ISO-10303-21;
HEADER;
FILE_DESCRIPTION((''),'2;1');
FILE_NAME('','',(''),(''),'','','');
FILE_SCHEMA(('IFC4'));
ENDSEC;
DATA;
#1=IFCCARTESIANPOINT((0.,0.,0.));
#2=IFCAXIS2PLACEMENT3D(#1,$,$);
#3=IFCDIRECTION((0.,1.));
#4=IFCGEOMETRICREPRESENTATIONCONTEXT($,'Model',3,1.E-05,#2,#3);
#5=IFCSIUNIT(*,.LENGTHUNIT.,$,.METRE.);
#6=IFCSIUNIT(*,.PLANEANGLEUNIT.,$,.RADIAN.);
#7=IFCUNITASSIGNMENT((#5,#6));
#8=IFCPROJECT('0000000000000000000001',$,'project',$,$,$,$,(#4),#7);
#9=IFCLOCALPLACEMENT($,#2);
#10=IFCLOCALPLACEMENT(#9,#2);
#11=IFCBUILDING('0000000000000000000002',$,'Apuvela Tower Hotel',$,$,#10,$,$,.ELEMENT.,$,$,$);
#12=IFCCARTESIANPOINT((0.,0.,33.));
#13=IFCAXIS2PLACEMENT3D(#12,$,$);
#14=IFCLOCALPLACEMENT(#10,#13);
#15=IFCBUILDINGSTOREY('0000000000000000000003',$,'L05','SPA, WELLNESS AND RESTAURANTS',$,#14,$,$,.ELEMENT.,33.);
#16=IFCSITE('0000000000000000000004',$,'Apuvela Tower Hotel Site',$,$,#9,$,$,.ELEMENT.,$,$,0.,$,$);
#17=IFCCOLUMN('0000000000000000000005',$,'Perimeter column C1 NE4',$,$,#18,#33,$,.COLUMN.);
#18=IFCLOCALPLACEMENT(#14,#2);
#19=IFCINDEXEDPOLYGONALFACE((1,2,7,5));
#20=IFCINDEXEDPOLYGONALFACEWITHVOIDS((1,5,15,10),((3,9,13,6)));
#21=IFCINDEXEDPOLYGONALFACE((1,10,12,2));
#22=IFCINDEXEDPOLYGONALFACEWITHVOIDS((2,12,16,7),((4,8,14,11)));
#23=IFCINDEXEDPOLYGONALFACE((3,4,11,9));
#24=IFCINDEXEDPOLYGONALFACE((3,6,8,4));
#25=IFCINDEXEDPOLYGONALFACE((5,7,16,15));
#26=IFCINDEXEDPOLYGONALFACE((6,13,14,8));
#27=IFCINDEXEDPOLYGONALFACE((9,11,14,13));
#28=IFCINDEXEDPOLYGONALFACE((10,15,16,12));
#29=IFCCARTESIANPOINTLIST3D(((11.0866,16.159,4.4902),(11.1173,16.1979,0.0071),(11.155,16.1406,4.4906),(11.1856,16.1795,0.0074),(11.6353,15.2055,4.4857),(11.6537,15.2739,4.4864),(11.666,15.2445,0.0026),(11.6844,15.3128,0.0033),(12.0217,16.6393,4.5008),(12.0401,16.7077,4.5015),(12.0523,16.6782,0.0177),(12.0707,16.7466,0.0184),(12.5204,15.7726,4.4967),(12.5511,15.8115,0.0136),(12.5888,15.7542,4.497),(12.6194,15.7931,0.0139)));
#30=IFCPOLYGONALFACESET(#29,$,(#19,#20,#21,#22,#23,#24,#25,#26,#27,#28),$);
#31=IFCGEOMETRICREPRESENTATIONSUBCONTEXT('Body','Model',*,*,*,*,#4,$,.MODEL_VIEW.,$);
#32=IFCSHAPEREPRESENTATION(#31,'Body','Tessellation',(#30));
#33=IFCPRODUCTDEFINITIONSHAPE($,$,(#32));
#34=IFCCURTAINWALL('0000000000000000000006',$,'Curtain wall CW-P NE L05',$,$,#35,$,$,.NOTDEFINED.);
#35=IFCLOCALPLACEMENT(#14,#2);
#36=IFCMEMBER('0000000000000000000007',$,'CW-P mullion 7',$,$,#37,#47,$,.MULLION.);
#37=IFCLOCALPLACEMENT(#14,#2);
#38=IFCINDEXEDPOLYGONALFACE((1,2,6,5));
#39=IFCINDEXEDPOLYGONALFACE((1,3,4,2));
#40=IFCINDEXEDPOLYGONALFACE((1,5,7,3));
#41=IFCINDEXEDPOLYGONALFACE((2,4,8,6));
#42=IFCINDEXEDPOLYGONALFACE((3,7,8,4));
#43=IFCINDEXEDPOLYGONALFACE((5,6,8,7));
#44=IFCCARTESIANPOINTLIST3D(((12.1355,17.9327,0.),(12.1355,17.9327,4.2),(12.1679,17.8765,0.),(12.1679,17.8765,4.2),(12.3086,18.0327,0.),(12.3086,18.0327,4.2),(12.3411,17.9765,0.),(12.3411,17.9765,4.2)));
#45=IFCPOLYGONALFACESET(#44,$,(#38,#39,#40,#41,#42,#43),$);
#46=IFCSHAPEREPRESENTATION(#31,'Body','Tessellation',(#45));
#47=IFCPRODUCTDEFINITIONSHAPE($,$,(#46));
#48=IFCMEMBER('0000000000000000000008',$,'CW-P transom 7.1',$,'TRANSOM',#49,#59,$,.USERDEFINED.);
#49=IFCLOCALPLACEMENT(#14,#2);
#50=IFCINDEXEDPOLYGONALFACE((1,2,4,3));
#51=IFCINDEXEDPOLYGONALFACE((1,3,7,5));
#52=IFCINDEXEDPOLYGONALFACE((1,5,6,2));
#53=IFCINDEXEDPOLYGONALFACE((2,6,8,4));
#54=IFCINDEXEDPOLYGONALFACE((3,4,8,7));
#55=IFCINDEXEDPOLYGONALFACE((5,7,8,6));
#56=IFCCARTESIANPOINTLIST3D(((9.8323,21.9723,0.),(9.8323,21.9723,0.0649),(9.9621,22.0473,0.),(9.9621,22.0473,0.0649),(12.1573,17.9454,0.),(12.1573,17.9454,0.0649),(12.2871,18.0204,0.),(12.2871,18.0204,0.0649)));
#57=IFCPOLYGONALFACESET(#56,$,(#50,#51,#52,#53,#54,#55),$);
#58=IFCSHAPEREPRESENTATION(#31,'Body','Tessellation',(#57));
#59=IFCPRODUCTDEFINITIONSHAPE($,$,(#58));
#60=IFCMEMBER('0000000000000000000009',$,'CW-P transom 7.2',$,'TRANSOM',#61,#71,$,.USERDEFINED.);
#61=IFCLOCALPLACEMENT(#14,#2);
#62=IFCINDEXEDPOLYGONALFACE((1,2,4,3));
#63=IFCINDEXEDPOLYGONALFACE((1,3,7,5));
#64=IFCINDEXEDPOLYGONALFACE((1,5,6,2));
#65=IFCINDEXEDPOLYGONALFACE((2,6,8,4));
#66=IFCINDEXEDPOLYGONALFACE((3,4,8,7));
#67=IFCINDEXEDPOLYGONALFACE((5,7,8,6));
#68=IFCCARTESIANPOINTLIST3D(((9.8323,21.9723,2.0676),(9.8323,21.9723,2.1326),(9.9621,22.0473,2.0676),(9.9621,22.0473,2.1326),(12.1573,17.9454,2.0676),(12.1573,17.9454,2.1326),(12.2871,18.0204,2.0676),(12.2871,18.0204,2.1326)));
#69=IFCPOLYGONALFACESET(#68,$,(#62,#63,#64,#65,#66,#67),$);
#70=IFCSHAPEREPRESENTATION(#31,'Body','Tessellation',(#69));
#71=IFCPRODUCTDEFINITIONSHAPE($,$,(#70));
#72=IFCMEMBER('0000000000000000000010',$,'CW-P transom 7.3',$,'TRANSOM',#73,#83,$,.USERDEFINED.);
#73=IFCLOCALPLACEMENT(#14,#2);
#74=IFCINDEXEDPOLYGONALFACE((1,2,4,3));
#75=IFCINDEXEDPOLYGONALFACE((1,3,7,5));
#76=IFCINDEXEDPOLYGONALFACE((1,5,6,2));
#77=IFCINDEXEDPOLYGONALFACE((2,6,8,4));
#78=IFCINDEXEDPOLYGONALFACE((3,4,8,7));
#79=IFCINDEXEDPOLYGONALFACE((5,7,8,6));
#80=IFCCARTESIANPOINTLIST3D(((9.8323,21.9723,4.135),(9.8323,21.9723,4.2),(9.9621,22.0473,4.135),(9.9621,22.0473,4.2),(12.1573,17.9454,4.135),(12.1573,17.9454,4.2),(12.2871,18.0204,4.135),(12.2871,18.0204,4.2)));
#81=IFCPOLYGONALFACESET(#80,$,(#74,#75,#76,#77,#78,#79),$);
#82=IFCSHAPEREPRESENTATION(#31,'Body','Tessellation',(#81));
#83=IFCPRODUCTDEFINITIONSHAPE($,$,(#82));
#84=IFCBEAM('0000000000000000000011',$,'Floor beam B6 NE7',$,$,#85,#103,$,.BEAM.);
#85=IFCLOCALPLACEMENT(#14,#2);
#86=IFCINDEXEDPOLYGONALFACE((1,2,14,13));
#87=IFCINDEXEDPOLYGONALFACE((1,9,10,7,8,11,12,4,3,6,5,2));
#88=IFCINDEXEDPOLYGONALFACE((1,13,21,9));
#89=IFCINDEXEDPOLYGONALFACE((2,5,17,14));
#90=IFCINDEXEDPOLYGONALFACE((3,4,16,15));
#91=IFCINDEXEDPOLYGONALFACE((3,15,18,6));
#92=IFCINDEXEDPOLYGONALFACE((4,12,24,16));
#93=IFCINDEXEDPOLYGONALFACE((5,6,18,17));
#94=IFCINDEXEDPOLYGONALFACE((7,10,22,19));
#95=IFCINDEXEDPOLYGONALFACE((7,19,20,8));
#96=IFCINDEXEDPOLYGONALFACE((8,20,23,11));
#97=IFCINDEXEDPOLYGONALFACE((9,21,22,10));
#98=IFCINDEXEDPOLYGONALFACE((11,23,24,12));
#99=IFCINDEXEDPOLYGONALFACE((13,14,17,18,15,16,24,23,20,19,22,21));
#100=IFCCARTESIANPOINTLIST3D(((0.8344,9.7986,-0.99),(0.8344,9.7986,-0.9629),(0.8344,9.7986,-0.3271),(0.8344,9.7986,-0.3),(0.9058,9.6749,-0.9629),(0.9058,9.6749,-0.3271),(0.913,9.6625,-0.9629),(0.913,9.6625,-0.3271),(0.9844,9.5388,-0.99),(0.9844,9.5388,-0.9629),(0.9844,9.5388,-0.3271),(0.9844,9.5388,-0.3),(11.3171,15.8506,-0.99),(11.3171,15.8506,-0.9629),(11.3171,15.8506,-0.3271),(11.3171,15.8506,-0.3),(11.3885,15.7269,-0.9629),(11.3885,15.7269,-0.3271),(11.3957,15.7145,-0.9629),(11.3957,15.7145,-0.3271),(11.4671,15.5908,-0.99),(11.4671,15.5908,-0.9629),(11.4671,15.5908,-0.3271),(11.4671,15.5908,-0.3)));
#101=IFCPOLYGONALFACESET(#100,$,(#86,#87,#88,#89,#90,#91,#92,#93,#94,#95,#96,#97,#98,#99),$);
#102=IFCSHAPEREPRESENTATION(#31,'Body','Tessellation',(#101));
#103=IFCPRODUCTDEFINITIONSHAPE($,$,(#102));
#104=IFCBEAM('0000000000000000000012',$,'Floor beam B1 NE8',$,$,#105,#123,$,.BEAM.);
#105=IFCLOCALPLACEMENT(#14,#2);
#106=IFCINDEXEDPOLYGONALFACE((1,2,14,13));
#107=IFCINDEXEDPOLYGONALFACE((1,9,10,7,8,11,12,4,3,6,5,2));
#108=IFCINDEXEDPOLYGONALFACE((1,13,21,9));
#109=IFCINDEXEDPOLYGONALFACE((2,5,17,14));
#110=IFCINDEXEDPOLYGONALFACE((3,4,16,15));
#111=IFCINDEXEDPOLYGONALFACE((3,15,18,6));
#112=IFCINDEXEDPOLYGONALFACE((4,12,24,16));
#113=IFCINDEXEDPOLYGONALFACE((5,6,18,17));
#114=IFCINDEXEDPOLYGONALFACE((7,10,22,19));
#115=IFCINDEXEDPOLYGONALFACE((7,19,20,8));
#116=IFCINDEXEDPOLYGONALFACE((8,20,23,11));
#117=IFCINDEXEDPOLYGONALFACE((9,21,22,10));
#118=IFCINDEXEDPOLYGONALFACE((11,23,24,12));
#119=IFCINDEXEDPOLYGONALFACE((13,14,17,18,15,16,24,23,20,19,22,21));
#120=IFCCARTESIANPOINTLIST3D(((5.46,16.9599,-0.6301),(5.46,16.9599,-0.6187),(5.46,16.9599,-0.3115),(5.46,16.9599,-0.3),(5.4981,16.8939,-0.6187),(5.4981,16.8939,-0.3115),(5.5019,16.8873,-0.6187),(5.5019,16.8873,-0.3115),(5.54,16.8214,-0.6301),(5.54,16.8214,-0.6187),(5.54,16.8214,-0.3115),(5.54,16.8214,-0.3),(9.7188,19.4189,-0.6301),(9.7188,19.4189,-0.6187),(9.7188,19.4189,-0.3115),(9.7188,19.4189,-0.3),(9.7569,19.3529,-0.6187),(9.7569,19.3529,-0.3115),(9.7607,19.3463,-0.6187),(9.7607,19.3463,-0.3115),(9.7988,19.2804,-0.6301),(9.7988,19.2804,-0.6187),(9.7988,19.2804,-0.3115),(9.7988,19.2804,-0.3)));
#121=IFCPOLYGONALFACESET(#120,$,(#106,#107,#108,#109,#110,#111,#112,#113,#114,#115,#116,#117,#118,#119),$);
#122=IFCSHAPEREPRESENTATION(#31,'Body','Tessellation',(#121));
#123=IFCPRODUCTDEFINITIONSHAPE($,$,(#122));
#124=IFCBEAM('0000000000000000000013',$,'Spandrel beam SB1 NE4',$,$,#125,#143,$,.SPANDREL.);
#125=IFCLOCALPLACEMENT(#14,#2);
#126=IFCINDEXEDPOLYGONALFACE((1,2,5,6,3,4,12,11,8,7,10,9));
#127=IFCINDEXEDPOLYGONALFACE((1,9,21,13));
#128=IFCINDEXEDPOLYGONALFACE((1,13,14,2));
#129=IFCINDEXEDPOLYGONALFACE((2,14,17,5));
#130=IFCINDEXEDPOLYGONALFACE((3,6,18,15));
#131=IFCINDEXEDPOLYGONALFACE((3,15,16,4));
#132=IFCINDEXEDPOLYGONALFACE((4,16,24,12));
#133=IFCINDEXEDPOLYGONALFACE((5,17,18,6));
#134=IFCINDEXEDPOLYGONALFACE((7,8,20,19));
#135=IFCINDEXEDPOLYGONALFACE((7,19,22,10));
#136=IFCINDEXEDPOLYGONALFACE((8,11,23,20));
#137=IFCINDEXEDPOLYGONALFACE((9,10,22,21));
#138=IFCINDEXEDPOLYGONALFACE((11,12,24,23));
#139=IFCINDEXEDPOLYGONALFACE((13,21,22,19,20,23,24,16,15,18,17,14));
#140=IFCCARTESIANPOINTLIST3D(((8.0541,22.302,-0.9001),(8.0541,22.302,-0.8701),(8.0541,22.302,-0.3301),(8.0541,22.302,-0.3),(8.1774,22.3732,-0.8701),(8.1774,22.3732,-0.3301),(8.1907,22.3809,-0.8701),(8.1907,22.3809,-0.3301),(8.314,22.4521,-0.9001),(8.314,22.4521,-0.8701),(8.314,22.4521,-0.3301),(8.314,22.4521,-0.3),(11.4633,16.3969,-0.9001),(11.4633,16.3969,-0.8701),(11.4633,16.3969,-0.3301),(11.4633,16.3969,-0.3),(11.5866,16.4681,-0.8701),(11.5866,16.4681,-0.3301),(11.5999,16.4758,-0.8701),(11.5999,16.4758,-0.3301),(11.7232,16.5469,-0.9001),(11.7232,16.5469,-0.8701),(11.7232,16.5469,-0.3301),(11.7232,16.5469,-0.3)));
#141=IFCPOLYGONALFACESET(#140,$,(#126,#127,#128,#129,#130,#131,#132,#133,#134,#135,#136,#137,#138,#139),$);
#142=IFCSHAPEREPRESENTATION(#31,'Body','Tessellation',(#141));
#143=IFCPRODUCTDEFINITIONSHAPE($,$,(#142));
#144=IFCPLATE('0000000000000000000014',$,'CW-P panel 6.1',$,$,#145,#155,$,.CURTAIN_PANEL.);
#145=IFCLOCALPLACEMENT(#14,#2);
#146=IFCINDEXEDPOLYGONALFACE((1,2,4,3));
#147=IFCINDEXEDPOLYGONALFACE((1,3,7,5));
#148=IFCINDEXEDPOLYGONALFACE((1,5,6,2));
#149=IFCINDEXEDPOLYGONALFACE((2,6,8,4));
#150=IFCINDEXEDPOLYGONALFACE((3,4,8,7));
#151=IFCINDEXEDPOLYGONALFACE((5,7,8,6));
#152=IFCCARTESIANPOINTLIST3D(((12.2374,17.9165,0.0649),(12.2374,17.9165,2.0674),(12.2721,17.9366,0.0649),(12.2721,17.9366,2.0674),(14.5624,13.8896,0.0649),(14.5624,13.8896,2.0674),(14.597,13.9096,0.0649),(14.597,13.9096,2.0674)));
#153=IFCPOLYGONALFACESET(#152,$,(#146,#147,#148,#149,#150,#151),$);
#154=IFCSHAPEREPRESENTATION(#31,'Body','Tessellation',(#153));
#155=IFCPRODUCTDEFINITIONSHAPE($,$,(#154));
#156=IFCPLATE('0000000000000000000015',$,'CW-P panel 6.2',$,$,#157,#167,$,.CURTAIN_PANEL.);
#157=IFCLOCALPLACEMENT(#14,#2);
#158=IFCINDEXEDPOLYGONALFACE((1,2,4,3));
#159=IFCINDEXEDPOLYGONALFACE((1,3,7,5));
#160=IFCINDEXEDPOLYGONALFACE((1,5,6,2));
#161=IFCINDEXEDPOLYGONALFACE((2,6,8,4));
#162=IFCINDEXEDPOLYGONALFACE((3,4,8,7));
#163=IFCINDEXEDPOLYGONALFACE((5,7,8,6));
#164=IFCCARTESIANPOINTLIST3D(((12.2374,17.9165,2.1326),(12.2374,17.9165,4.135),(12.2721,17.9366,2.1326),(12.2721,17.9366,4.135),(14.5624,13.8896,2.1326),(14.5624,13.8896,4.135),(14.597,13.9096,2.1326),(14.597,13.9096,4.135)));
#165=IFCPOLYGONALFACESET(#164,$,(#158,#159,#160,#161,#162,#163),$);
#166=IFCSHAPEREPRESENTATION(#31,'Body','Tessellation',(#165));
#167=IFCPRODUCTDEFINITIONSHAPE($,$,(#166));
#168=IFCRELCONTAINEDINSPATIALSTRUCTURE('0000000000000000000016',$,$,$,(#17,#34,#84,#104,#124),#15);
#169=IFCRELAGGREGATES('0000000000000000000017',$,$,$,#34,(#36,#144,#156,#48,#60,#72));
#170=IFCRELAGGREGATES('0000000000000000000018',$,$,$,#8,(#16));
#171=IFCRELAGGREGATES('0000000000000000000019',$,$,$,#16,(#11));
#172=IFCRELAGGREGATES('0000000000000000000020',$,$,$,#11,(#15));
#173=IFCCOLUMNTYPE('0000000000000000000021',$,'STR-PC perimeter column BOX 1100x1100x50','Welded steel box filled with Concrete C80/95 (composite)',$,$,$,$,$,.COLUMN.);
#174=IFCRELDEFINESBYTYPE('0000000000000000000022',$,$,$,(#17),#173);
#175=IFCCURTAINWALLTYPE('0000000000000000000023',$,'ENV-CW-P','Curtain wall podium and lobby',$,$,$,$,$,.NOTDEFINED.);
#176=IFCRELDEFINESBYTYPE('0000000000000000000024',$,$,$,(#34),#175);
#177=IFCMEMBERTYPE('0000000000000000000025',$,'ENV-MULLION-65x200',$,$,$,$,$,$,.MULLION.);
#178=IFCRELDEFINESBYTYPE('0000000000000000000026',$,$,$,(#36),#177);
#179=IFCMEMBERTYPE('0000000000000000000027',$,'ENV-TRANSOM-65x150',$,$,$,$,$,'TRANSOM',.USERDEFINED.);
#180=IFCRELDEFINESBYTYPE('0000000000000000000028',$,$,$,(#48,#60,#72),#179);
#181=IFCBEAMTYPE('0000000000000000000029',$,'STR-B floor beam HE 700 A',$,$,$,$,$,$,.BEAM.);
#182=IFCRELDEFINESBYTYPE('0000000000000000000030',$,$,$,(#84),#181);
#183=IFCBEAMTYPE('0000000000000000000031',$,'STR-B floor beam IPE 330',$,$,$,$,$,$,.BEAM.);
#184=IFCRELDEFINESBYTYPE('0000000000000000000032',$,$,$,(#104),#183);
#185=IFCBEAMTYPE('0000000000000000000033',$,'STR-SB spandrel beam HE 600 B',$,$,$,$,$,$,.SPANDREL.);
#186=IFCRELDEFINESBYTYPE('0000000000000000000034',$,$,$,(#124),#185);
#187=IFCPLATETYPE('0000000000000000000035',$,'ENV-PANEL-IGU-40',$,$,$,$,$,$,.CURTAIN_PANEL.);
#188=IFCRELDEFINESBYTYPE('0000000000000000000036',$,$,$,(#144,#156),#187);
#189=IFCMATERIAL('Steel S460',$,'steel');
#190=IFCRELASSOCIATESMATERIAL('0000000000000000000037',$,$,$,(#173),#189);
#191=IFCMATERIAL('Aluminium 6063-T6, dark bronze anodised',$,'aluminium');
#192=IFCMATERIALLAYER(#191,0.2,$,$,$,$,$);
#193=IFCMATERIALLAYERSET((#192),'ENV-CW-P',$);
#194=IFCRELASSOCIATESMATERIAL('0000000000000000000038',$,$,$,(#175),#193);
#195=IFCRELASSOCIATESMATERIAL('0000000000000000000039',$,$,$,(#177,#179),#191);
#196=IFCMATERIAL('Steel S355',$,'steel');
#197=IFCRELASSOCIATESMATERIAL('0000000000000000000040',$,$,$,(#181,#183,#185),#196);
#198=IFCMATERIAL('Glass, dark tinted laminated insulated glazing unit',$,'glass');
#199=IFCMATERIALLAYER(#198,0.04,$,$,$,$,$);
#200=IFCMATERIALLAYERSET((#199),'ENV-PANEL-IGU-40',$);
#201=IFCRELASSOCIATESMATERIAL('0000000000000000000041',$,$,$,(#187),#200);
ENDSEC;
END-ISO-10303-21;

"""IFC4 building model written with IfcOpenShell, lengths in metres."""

from ifc_helpers import new_model, si_unit, direction, frame, origin, origin_2d, place, context, subcontext, project, spatial, rectangle, hollow_rectangle, i_section, extrude, boolean, halfspace, material, layer, layer_set, material_profile, profile_set, type_object, element, aggregate, save


model = new_model("IFC4")

# Units and contexts
model_context = context("Model", 3, precision=1e-05, world=origin(), true_north=direction((0.0, 1.0)))
body_context = subcontext(model_context, "Body", "Model", "MODEL_VIEW")
ifc_project = project(units=[si_unit("LENGTHUNIT", "METRE"), si_unit("PLANEANGLEUNIT", "RADIAN")], contexts=[model_context])

# Site, building, storey
site_placement = place(None, origin())
site = spatial("IfcSite", under=ifc_project, at=site_placement, Name="Apuvela Tower Hotel Site", CompositionType="ELEMENT", RefElevation=0.0)
building_placement = place(site_placement, origin())
building = spatial("IfcBuilding", under=site, at=building_placement, Name="Apuvela Tower Hotel", CompositionType="ELEMENT")
storey_placement = place(building_placement, frame((0.0, 0.0, 33.0)))
storey = spatial("IfcBuildingStorey", under=building, at=storey_placement, Name="L05", Description="SPA, WELLNESS AND RESTAURANTS", CompositionType="ELEMENT", Elevation=33.0)

# Column
ifc_material_1 = material(Name="Steel S460", Category="steel")
ifc_material_profile_1 = material_profile(ifc_material_1, hollow_rectangle(XDim=1.1001, YDim=1.1001, WallThickness=0.05, at=origin_2d()), Name="BOX 1100x1100x50")
ifc_material_2 = material(Name="Concrete C80/95", Category="concrete")
ifc_material_profile_2 = material_profile(ifc_material_2, rectangle(XDim=1.0, YDim=1.0, at=origin_2d()), Name="Concrete C80/95 infill")
ifc_profile_set_1 = profile_set([ifc_material_profile_1, ifc_material_profile_2], Name="Steel S460")
column_type = type_object("IfcColumnType", Name="STR-PC perimeter column BOX 1100x1100x50", Description="Welded steel box filled with Concrete C80/95 (composite)", PredefinedType="COLUMN", material=ifc_profile_set_1)
column_placement = place(storey_placement, frame((11.8684, 15.9956, 0.0), z_axis=(-0.006836, -0.00868, 0.999939), x_axis=(-0.498768, 0.866726, 0.004114)))
element("IfcColumn", 1, at=column_placement, inside=storey, type_object=column_type, Name="Perimeter column C1 NE4", PredefinedType="COLUMN", context=body_context, shape_type="SweptSolid", body=[
    boolean("DIFFERENCE", boolean("DIFFERENCE", extrude(hollow_rectangle(XDim=1.1001, YDim=1.1001, WallThickness=0.05, at=origin_2d()), origin(), (0.0, 0.0, 1.0), 4.5002), halfspace(frame((0.0, 0.0, 0.0105), z_axis=(0.0, 0.0, 1.0), x_axis=(1.0, 0.0, 0.0)), True)), halfspace(frame((0.0, 0.0, 4.4939), z_axis=(0.0, 0.0, 1.0), x_axis=(1.0, 0.0, 0.0)), False)),
])

# Curtain wall, members
ifc_material_3 = material(Name="Aluminium 6063-T6, dark bronze anodised", Category="aluminium")
ifc_layer_1 = layer(ifc_material_3, 0.2)
ifc_layer_set_1 = layer_set([ifc_layer_1], Name="ENV-CW-P")
curtain_wall_type = type_object("IfcCurtainWallType", Name="ENV-CW-P", Description="Curtain wall podium and lobby", PredefinedType="NOTDEFINED", material=ifc_layer_set_1)
curtain_wall_placement = place(storey_placement, origin())
curtain_wall = element("IfcCurtainWall", 2, at=curtain_wall_placement, inside=storey, type_object=curtain_wall_type, Name="Curtain wall CW-P NE L05", PredefinedType="NOTDEFINED")
ifc_material_profile_3 = material_profile(ifc_material_3, rectangle(XDim=0.2, YDim=0.0649, at=origin_2d()), Name="AL 65x200")
ifc_profile_set_2 = profile_set([ifc_material_profile_3], Name="Aluminium 6063-T6, dark bronze anodised")
member_type_1 = type_object("IfcMemberType", Name="ENV-MULLION-65x200", PredefinedType="MULLION", material=ifc_profile_set_2)
member_1_placement = place(storey_placement, frame((12.2383, 17.9546, 0.0), z_axis=(0.0, 0.0, 1.0), x_axis=(-0.866026, -0.5, 0.0)))
member_1 = element("IfcMember", 3, at=member_1_placement, type_object=member_type_1, Name="CW-P mullion 7", PredefinedType="MULLION", context=body_context, shape_type="SweptSolid", body=[
    extrude(rectangle(XDim=0.2, YDim=0.0649, at=origin_2d()), origin(), (0.0, 0.0, 1.0), 4.2),
])
ifc_material_profile_4 = material_profile(ifc_material_3, rectangle(XDim=0.1499, YDim=0.0649, at=origin_2d()), Name="AL 65x150 transom")
ifc_profile_set_3 = profile_set([ifc_material_profile_4], Name="Aluminium 6063-T6, dark bronze anodised")
member_type_2 = type_object("IfcMemberType", Name="ENV-TRANSOM-65x150", ElementType="TRANSOM", PredefinedType="USERDEFINED", material=ifc_profile_set_3)
member_2_placement = place(storey_placement, frame((12.2222, 17.9829, 0.0325), z_axis=(-0.500007, 0.866021, 0.0), x_axis=(-0.866021, -0.500007, 0.0)))
member_2 = element("IfcMember", 4, at=member_2_placement, type_object=member_type_2, Name="CW-P transom 7.1", ObjectType="TRANSOM", PredefinedType="USERDEFINED", context=body_context, shape_type="SweptSolid", body=[
    extrude(rectangle(XDim=0.1499, YDim=0.0649, at=origin_2d()), origin(), (0.0, 0.0, 1.0), 4.6499),
])
member_3_placement = place(storey_placement, frame((12.2222, 17.9829, 2.1001), z_axis=(-0.500007, 0.866021, 0.0), x_axis=(-0.866021, -0.500007, 0.0)))
member_3 = element("IfcMember", 5, at=member_3_placement, type_object=member_type_2, Name="CW-P transom 7.2", ObjectType="TRANSOM", PredefinedType="USERDEFINED", context=body_context, shape_type="SweptSolid", body=[
    extrude(rectangle(XDim=0.1499, YDim=0.0649, at=origin_2d()), origin(), (0.0, 0.0, 1.0), 4.6499),
])
member_4_placement = place(storey_placement, frame((12.2222, 17.9829, 4.1675), z_axis=(-0.500007, 0.866021, 0.0), x_axis=(-0.866021, -0.500007, 0.0)))
member_4 = element("IfcMember", 6, at=member_4_placement, type_object=member_type_2, Name="CW-P transom 7.3", ObjectType="TRANSOM", PredefinedType="USERDEFINED", context=body_context, shape_type="SweptSolid", body=[
    extrude(rectangle(XDim=0.1499, YDim=0.0649, at=origin_2d()), origin(), (0.0, 0.0, 1.0), 4.6499),
])

# Beams
ifc_material_4 = material(Name="Steel S355", Category="steel")
ifc_material_profile_5 = material_profile(ifc_material_4, i_section(OverallWidth=0.3, OverallDepth=0.6899, WebThickness=0.0144, FlangeThickness=0.0271, at=origin_2d()), Name="HE 700 A")
ifc_profile_set_4 = profile_set([ifc_material_profile_5], Name="Steel S355")
beam_type_1 = type_object("IfcBeamType", Name="STR-B floor beam HE 700 A", PredefinedType="BEAM", material=ifc_profile_set_4)
beam_1_placement = place(storey_placement, frame((11.3921, 15.7207, -0.645), z_axis=(-0.866031, -0.49999, 0.0), x_axis=(0.49999, -0.866031, 0.0)))
element("IfcBeam", 7, at=beam_1_placement, inside=storey, type_object=beam_type_1, Name="Floor beam B6 NE7", PredefinedType="BEAM", context=body_context, shape_type="SweptSolid", body=[
    extrude(i_section(OverallWidth=0.3, OverallDepth=0.6899, WebThickness=0.0144, FlangeThickness=0.0271, at=origin_2d()), origin(), (0.0, 0.0, 1.0), 12.1042),
])
ifc_material_profile_6 = material_profile(ifc_material_4, i_section(OverallWidth=0.1599, OverallDepth=0.3301, WebThickness=0.0076, FlangeThickness=0.0115, at=origin_2d()), Name="IPE 330")
ifc_profile_set_5 = profile_set([ifc_material_profile_6], Name="Steel S355")
beam_type_2 = type_object("IfcBeamType", Name="STR-B floor beam IPE 330", PredefinedType="BEAM", material=ifc_profile_set_5)
beam_2_placement = place(storey_placement, frame((9.7588, 19.3496, -0.4651), z_axis=(-0.86601, -0.500026, 0.0), x_axis=(0.500026, -0.86601, 0.0)))
element("IfcBeam", 8, at=beam_2_placement, inside=storey, type_object=beam_type_2, Name="Floor beam B1 NE8", PredefinedType="BEAM", context=body_context, shape_type="SweptSolid", body=[
    extrude(i_section(OverallWidth=0.1599, OverallDepth=0.3301, WebThickness=0.0076, FlangeThickness=0.0115, at=origin_2d()), origin(), (0.0, 0.0, 1.0), 4.9177),
])
ifc_material_profile_7 = material_profile(ifc_material_4, i_section(OverallWidth=0.3, OverallDepth=0.6001, WebThickness=0.0154, FlangeThickness=0.03, at=origin_2d()), Name="HE 600 B")
ifc_profile_set_6 = profile_set([ifc_material_profile_7], Name="Steel S355")
beam_type_3 = type_object("IfcBeamType", Name="STR-SB spandrel beam HE 600 B", PredefinedType="SPANDREL", material=ifc_profile_set_6)
beam_3_placement = place(storey_placement, frame((11.5933, 16.4719, -0.6001), z_axis=(-0.49999, 0.866031, 0.0), x_axis=(-0.866031, -0.49999, 0.0)))
element("IfcBeam", 9, at=beam_3_placement, inside=storey, type_object=beam_type_3, Name="Spandrel beam SB1 NE4", PredefinedType="SPANDREL", context=body_context, shape_type="SweptSolid", body=[
    extrude(i_section(OverallWidth=0.3, OverallDepth=0.6001, WebThickness=0.0154, FlangeThickness=0.03, at=origin_2d()), origin(), (0.0, 0.0, 1.0), 6.8186),
])

# Plates
ifc_material_5 = material(Name="Glass, dark tinted laminated insulated glazing unit", Category="glass")
ifc_layer_2 = layer(ifc_material_5, 0.04)
ifc_layer_set_2 = layer_set([ifc_layer_2], Name="ENV-PANEL-IGU-40")
plate_type = type_object("IfcPlateType", Name="ENV-PANEL-IGU-40", PredefinedType="CURTAIN_PANEL", material=ifc_layer_set_2)
plate_1_placement = place(storey_placement, frame((13.4172, 15.9131, 0.0649), z_axis=(0.0, 0.0, 1.0), x_axis=(-0.5, 0.866026, 0.0)))
plate_1 = element("IfcPlate", 10, at=plate_1_placement, type_object=plate_type, Name="CW-P panel 6.1", PredefinedType="CURTAIN_PANEL", context=body_context, shape_type="SweptSolid", body=[
    extrude(rectangle(XDim=4.6499, YDim=0.04, at=origin_2d()), origin(), (0.0, 0.0, 1.0), 2.0024),
])
plate_2_placement = place(storey_placement, frame((13.4172, 15.9131, 2.1326), z_axis=(0.0, 0.0, 1.0), x_axis=(-0.5, 0.866026, 0.0)))
plate_2 = element("IfcPlate", 11, at=plate_2_placement, type_object=plate_type, Name="CW-P panel 6.2", PredefinedType="CURTAIN_PANEL", context=body_context, shape_type="SweptSolid", body=[
    extrude(rectangle(XDim=4.6499, YDim=0.04, at=origin_2d()), origin(), (0.0, 0.0, 1.0), 2.0024),
])
aggregate(curtain_wall, [member_1, plate_1, plate_2, member_2, member_3, member_4])

save(model, "model.ifc")
